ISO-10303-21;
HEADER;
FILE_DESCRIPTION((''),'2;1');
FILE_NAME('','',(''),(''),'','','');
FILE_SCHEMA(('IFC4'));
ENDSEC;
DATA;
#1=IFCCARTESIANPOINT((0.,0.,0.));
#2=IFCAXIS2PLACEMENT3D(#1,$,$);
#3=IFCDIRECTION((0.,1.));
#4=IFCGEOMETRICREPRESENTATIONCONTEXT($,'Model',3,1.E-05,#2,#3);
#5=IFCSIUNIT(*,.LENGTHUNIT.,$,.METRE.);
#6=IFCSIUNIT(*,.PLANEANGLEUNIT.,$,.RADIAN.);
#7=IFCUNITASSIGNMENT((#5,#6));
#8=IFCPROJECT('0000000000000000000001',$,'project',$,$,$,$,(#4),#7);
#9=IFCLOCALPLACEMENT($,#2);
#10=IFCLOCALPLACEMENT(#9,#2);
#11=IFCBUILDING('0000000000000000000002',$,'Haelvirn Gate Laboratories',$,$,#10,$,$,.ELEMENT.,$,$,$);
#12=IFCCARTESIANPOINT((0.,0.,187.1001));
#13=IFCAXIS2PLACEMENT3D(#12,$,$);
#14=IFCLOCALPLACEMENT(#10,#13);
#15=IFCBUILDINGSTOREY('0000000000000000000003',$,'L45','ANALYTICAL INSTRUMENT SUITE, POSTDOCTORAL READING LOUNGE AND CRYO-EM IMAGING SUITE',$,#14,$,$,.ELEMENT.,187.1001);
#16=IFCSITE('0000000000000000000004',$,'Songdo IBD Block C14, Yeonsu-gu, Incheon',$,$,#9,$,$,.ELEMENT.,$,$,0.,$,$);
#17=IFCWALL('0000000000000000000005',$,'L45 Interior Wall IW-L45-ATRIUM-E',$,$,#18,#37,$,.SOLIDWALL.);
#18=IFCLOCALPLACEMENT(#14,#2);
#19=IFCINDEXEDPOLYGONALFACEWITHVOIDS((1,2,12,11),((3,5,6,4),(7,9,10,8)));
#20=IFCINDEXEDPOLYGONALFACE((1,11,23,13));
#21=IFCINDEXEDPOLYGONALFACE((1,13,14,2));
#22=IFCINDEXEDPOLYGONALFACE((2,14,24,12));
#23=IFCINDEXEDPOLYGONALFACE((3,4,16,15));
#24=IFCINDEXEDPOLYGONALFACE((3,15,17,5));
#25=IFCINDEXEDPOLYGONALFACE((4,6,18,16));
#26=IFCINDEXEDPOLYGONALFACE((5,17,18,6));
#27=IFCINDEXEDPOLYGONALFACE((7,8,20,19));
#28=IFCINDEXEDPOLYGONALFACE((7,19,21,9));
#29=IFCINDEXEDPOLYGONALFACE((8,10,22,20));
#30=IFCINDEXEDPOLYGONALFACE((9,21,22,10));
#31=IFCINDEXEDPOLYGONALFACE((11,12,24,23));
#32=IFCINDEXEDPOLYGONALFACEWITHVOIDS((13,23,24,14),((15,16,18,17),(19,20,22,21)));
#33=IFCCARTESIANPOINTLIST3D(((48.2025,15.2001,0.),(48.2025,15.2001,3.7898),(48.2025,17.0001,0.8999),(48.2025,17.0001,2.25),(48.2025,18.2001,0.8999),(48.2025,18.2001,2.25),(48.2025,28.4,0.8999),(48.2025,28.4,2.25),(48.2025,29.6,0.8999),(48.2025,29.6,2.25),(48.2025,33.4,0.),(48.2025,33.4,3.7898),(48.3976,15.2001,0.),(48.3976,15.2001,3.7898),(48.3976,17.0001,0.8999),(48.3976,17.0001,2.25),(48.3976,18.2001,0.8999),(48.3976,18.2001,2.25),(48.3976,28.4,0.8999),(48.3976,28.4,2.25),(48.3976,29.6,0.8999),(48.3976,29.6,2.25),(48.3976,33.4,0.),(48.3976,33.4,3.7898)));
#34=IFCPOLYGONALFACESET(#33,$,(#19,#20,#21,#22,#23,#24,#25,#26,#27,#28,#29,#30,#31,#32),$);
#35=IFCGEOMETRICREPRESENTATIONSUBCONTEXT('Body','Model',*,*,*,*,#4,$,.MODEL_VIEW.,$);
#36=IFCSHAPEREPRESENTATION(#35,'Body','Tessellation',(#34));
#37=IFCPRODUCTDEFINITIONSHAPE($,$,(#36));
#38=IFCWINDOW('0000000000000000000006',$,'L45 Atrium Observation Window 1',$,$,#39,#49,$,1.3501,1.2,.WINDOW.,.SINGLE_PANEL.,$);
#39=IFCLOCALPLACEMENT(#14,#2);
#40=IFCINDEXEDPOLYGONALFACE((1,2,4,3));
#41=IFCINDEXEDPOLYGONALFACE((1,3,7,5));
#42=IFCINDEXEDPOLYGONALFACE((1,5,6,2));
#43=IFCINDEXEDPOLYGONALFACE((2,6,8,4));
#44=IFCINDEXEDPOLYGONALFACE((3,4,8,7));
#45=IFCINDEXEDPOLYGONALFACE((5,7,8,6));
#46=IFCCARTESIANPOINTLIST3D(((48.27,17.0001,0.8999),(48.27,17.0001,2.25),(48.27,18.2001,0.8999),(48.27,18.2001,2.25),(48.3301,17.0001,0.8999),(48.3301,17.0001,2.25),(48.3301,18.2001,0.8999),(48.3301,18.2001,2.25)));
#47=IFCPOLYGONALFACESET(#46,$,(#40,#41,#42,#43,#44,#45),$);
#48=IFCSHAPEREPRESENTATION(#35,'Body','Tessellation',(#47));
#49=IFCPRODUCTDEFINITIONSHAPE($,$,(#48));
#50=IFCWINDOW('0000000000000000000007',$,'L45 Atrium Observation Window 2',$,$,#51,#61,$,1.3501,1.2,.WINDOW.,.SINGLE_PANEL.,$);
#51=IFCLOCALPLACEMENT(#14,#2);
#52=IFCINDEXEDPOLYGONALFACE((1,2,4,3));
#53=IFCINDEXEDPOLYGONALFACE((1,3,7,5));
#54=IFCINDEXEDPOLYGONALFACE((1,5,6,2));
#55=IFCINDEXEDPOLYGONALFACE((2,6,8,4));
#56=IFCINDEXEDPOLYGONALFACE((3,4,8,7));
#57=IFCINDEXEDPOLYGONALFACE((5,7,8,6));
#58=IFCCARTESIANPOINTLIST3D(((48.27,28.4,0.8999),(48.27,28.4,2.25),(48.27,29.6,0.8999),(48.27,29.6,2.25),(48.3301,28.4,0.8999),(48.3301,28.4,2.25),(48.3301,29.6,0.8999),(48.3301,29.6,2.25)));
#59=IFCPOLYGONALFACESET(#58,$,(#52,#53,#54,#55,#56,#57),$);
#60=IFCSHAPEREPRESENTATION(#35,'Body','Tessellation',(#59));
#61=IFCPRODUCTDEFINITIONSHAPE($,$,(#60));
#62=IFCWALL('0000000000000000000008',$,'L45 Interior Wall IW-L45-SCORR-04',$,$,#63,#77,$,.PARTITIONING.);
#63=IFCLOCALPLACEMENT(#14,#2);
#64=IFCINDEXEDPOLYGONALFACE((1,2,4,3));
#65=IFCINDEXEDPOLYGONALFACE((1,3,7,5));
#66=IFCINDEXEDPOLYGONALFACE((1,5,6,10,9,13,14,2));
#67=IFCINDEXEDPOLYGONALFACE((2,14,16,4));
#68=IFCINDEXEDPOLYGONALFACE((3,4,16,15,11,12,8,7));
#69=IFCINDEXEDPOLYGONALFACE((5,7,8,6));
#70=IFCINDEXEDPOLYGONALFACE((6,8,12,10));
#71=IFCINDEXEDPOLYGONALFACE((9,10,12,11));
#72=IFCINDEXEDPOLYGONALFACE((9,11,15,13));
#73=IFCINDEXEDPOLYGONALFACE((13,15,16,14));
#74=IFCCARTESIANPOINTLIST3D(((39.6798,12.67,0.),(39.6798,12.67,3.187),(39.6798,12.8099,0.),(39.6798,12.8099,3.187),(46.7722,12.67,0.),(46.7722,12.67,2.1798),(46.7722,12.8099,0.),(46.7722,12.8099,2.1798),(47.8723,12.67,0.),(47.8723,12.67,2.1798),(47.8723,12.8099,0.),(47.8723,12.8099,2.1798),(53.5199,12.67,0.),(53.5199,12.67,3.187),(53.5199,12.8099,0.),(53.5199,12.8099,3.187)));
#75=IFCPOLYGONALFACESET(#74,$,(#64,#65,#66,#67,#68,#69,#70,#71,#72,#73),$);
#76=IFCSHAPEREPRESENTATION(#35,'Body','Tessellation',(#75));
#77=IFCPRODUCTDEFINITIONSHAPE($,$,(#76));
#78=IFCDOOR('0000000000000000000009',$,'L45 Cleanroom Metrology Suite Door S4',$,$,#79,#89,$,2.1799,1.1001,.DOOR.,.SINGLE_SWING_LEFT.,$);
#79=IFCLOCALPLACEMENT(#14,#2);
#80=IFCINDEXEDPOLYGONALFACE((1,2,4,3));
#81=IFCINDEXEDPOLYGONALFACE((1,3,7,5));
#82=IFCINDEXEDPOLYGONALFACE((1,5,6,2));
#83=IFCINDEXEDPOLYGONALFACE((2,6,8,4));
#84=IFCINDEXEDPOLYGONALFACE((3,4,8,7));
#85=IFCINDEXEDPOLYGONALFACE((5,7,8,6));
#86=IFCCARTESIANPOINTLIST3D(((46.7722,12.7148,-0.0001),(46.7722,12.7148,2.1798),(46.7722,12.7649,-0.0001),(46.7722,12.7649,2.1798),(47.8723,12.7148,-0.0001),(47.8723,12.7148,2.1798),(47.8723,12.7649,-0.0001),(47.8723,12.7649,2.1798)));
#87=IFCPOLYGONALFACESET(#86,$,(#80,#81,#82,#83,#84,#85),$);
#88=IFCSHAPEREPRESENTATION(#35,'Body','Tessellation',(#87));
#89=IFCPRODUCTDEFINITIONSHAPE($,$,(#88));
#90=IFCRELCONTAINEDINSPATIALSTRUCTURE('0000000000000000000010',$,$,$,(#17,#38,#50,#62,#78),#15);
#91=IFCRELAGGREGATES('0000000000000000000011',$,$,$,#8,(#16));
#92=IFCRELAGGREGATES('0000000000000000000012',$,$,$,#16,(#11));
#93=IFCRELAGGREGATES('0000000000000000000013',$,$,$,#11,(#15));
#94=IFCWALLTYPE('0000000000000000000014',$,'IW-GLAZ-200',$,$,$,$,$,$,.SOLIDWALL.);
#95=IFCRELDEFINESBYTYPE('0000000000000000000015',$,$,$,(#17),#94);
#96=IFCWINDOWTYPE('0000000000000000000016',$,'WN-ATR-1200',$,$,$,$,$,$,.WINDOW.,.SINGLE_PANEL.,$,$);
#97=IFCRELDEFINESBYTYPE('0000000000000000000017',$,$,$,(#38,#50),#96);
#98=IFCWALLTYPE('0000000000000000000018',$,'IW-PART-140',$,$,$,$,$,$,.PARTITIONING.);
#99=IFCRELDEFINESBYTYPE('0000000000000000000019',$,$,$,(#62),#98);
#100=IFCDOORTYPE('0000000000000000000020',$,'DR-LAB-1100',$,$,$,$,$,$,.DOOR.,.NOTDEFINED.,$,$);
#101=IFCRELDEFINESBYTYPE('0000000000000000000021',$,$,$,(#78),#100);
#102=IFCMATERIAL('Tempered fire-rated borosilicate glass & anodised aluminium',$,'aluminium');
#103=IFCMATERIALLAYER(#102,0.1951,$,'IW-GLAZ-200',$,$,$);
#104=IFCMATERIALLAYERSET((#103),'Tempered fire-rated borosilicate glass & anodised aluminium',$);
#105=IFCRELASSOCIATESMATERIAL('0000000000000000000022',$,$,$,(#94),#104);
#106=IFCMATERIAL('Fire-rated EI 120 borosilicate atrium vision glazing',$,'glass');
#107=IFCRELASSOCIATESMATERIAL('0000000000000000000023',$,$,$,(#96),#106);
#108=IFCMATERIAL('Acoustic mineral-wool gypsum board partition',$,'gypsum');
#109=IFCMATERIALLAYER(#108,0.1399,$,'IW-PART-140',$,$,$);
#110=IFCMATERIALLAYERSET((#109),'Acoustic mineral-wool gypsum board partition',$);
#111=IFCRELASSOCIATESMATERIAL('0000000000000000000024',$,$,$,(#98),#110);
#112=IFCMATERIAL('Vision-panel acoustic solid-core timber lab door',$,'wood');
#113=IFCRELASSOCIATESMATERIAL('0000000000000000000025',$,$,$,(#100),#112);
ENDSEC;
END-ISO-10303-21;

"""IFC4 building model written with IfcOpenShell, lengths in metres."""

from ifc_helpers import new_model, si_unit, direction, frame, frame_2d, origin, place, context, subcontext, project, spatial, rectangle, extrude, source, transform, mapped, material, layer, layer_set, type_object, type_shapes, element, fill, save


model = new_model("IFC4")

# Units and contexts
model_context = context("Model", 3, precision=1e-05, world=origin(), true_north=direction((0.0, 1.0)))
body_context = subcontext(model_context, "Body", "Model", "MODEL_VIEW")
ifc_project = project(units=[si_unit("LENGTHUNIT", "METRE"), si_unit("PLANEANGLEUNIT", "RADIAN")], contexts=[model_context])

# Site, building, storey
site_placement = place(None, origin())
site = spatial("IfcSite", under=ifc_project, at=site_placement, Name="Songdo IBD Block C14, Yeonsu-gu, Incheon", CompositionType="ELEMENT", RefElevation=0.0)
building_placement = place(site_placement, origin())
building = spatial("IfcBuilding", under=site, at=building_placement, Name="Haelvirn Gate Laboratories", CompositionType="ELEMENT")
storey_placement = place(building_placement, frame((0.0, 0.0, 187.1001)))
storey = spatial("IfcBuildingStorey", under=building, at=storey_placement, Name="L45", Description="ANALYTICAL INSTRUMENT SUITE, POSTDOCTORAL READING LOUNGE AND CRYO-EM IMAGING SUITE", CompositionType="ELEMENT", Elevation=187.1001)

# Wall, openings, windows
ifc_material_1 = material(Name="Tempered fire-rated borosilicate glass & anodised aluminium", Category="aluminium")
ifc_layer_1 = layer(ifc_material_1, 0.1951, Name="IW-GLAZ-200")
ifc_layer_set_1 = layer_set([ifc_layer_1], Name="Tempered fire-rated borosilicate glass & anodised aluminium")
wall_type_1 = type_object("IfcWallType", Name="IW-GLAZ-200", PredefinedType="SOLIDWALL", material=ifc_layer_set_1)
wall_1_placement = place(storey_placement, frame((48.3, 15.2, 0.0), z_axis=(0.0, 0.0, 1.0), x_axis=(0.0, 1.0, 0.0)))
wall_1 = element("IfcWall", 1, at=wall_1_placement, inside=storey, type_object=wall_type_1, Name="L45 Interior Wall IW-L45-ATRIUM-E", PredefinedType="SOLIDWALL", context=body_context, shape_type="SweptSolid", body=[
    extrude(rectangle(XDim=18.2, YDim=0.1951, at=frame_2d((9.1001, 0.0))), origin(), (0.0, 0.0, 1.0), 3.7898),
])
opening_1_placement = place(wall_1_placement, frame((1.8, 0.0, 0.8999)))
opening_1 = element("IfcOpeningElement", 2, at=opening_1_placement, cuts=wall_1, PredefinedType="OPENING", context=body_context, shape_type="SweptSolid", body=[
    extrude(rectangle(XDim=1.2, YDim=1.3501, at=frame_2d((0.6001, 0.675))), frame((0.0, 0.1074, 0.0), z_axis=(0.0, -1.0, 0.0), x_axis=(1.0, 0.0, 0.0)), (0.0, 0.0, 1.0), 0.2151),
])
opening_2_placement = place(wall_1_placement, frame((13.2, 0.0, 0.8999)))
opening_2 = element("IfcOpeningElement", 3, at=opening_2_placement, cuts=wall_1, PredefinedType="OPENING", context=body_context, shape_type="SweptSolid", body=[
    extrude(rectangle(XDim=1.2, YDim=1.3501, at=frame_2d((0.6001, 0.675))), frame((0.0, 0.1074, 0.0), z_axis=(0.0, -1.0, 0.0), x_axis=(1.0, 0.0, 0.0)), (0.0, 0.0, 1.0), 0.2151),
])
ifc_material_2 = material(Name="Fire-rated EI 120 borosilicate atrium vision glazing", Category="glass")
window_type = type_object("IfcWindowType", Name="WN-ATR-1200", PartitioningType="SINGLE_PANEL", PredefinedType="WINDOW", material=ifc_material_2)
shared_shape_1 = source(origin(), body_context, "Body", "SweptSolid", [
    extrude(rectangle(XDim=1.2, YDim=1.3501, at=frame_2d((0.6001, 0.675))), frame((0.0, 0.03, 0.0), z_axis=(0.0, -1.0, 0.0), x_axis=(1.0, 0.0, 0.0)), (0.0, 0.0, 1.0), 0.0601),
])
type_shapes(window_type, [shared_shape_1])
window_1_placement = place(opening_1_placement, origin())
window_1 = element("IfcWindow", 4, at=window_1_placement, inside=storey, type_object=window_type, Name="L45 Atrium Observation Window 1", OverallHeight=1.3501, OverallWidth=1.2, PartitioningType="SINGLE_PANEL", PredefinedType="WINDOW", context=body_context, shape_type="MappedRepresentation", body=[
    mapped(shared_shape_1, transform((0.0, 0.0, 0.0), scale=1.0)),
])
fill(opening_1, window_1)
window_2_placement = place(opening_2_placement, origin())
window_2 = element("IfcWindow", 5, at=window_2_placement, inside=storey, type_object=window_type, Name="L45 Atrium Observation Window 2", OverallHeight=1.3501, OverallWidth=1.2, PartitioningType="SINGLE_PANEL", PredefinedType="WINDOW", context=body_context, shape_type="MappedRepresentation", body=[
    mapped(shared_shape_1, transform((0.0, 0.0, 0.0), scale=1.0)),
])
fill(opening_2, window_2)

# Wall, opening, door
ifc_material_3 = material(Name="Acoustic mineral-wool gypsum board partition", Category="gypsum")
ifc_layer_2 = layer(ifc_material_3, 0.1399, Name="IW-PART-140")
ifc_layer_set_2 = layer_set([ifc_layer_2], Name="Acoustic mineral-wool gypsum board partition")
wall_type_2 = type_object("IfcWallType", Name="IW-PART-140", PredefinedType="PARTITIONING", material=ifc_layer_set_2)
wall_2_placement = place(storey_placement, frame((39.6799, 12.74, 0.0), z_axis=(0.0, 0.0, 1.0), x_axis=(1.0, 0.0, 0.0)))
wall_2 = element("IfcWall", 6, at=wall_2_placement, inside=storey, type_object=wall_type_2, Name="L45 Interior Wall IW-L45-SCORR-04", PredefinedType="PARTITIONING", context=body_context, shape_type="SweptSolid", body=[
    extrude(rectangle(XDim=13.8401, YDim=0.1399, at=frame_2d((6.9199, 0.0))), origin(), (0.0, 0.0, 1.0), 3.187),
])
opening_3_placement = place(wall_2_placement, frame((7.0923, 0.0, 0.0)))
opening_3 = element("IfcOpeningElement", 7, at=opening_3_placement, cuts=wall_2, PredefinedType="OPENING", context=body_context, shape_type="SweptSolid", body=[
    extrude(rectangle(XDim=1.1001, YDim=2.1799, at=frame_2d((0.55, 1.0898))), frame((0.0, 0.0801, 0.0), z_axis=(0.0, -1.0, 0.0), x_axis=(1.0, 0.0, 0.0)), (0.0, 0.0, 1.0), 0.1599),
])
ifc_material_4 = material(Name="Vision-panel acoustic solid-core timber lab door", Category="wood")
door_type_1 = type_object("IfcDoorType", Name="DR-LAB-1100", OperationType="NOTDEFINED", PredefinedType="DOOR", material=ifc_material_4)
shared_shape_2 = source(origin(), body_context, "Body", "SweptSolid", [
    extrude(rectangle(XDim=1.1001, YDim=2.1799, at=frame_2d((0.55, 1.0898))), frame((0.0, 0.0249, 0.0), z_axis=(0.0, -1.0, 0.0), x_axis=(1.0, 0.0, 0.0)), (0.0, 0.0, 1.0), 0.05),
])
type_shapes(door_type_1, [shared_shape_2])
door_1_placement = place(opening_3_placement, origin())
door_1 = element("IfcDoor", 8, at=door_1_placement, inside=storey, type_object=door_type_1, Name="L45 Cleanroom Metrology Suite Door S4", OperationType="SINGLE_SWING_LEFT", OverallHeight=2.1799, OverallWidth=1.1001, PredefinedType="DOOR", context=body_context, shape_type="MappedRepresentation", body=[
    mapped(shared_shape_2, transform((0.0, 0.0, 0.0), scale=1.0)),
])
fill(opening_3, door_1)

save(model, "model.ifc")
